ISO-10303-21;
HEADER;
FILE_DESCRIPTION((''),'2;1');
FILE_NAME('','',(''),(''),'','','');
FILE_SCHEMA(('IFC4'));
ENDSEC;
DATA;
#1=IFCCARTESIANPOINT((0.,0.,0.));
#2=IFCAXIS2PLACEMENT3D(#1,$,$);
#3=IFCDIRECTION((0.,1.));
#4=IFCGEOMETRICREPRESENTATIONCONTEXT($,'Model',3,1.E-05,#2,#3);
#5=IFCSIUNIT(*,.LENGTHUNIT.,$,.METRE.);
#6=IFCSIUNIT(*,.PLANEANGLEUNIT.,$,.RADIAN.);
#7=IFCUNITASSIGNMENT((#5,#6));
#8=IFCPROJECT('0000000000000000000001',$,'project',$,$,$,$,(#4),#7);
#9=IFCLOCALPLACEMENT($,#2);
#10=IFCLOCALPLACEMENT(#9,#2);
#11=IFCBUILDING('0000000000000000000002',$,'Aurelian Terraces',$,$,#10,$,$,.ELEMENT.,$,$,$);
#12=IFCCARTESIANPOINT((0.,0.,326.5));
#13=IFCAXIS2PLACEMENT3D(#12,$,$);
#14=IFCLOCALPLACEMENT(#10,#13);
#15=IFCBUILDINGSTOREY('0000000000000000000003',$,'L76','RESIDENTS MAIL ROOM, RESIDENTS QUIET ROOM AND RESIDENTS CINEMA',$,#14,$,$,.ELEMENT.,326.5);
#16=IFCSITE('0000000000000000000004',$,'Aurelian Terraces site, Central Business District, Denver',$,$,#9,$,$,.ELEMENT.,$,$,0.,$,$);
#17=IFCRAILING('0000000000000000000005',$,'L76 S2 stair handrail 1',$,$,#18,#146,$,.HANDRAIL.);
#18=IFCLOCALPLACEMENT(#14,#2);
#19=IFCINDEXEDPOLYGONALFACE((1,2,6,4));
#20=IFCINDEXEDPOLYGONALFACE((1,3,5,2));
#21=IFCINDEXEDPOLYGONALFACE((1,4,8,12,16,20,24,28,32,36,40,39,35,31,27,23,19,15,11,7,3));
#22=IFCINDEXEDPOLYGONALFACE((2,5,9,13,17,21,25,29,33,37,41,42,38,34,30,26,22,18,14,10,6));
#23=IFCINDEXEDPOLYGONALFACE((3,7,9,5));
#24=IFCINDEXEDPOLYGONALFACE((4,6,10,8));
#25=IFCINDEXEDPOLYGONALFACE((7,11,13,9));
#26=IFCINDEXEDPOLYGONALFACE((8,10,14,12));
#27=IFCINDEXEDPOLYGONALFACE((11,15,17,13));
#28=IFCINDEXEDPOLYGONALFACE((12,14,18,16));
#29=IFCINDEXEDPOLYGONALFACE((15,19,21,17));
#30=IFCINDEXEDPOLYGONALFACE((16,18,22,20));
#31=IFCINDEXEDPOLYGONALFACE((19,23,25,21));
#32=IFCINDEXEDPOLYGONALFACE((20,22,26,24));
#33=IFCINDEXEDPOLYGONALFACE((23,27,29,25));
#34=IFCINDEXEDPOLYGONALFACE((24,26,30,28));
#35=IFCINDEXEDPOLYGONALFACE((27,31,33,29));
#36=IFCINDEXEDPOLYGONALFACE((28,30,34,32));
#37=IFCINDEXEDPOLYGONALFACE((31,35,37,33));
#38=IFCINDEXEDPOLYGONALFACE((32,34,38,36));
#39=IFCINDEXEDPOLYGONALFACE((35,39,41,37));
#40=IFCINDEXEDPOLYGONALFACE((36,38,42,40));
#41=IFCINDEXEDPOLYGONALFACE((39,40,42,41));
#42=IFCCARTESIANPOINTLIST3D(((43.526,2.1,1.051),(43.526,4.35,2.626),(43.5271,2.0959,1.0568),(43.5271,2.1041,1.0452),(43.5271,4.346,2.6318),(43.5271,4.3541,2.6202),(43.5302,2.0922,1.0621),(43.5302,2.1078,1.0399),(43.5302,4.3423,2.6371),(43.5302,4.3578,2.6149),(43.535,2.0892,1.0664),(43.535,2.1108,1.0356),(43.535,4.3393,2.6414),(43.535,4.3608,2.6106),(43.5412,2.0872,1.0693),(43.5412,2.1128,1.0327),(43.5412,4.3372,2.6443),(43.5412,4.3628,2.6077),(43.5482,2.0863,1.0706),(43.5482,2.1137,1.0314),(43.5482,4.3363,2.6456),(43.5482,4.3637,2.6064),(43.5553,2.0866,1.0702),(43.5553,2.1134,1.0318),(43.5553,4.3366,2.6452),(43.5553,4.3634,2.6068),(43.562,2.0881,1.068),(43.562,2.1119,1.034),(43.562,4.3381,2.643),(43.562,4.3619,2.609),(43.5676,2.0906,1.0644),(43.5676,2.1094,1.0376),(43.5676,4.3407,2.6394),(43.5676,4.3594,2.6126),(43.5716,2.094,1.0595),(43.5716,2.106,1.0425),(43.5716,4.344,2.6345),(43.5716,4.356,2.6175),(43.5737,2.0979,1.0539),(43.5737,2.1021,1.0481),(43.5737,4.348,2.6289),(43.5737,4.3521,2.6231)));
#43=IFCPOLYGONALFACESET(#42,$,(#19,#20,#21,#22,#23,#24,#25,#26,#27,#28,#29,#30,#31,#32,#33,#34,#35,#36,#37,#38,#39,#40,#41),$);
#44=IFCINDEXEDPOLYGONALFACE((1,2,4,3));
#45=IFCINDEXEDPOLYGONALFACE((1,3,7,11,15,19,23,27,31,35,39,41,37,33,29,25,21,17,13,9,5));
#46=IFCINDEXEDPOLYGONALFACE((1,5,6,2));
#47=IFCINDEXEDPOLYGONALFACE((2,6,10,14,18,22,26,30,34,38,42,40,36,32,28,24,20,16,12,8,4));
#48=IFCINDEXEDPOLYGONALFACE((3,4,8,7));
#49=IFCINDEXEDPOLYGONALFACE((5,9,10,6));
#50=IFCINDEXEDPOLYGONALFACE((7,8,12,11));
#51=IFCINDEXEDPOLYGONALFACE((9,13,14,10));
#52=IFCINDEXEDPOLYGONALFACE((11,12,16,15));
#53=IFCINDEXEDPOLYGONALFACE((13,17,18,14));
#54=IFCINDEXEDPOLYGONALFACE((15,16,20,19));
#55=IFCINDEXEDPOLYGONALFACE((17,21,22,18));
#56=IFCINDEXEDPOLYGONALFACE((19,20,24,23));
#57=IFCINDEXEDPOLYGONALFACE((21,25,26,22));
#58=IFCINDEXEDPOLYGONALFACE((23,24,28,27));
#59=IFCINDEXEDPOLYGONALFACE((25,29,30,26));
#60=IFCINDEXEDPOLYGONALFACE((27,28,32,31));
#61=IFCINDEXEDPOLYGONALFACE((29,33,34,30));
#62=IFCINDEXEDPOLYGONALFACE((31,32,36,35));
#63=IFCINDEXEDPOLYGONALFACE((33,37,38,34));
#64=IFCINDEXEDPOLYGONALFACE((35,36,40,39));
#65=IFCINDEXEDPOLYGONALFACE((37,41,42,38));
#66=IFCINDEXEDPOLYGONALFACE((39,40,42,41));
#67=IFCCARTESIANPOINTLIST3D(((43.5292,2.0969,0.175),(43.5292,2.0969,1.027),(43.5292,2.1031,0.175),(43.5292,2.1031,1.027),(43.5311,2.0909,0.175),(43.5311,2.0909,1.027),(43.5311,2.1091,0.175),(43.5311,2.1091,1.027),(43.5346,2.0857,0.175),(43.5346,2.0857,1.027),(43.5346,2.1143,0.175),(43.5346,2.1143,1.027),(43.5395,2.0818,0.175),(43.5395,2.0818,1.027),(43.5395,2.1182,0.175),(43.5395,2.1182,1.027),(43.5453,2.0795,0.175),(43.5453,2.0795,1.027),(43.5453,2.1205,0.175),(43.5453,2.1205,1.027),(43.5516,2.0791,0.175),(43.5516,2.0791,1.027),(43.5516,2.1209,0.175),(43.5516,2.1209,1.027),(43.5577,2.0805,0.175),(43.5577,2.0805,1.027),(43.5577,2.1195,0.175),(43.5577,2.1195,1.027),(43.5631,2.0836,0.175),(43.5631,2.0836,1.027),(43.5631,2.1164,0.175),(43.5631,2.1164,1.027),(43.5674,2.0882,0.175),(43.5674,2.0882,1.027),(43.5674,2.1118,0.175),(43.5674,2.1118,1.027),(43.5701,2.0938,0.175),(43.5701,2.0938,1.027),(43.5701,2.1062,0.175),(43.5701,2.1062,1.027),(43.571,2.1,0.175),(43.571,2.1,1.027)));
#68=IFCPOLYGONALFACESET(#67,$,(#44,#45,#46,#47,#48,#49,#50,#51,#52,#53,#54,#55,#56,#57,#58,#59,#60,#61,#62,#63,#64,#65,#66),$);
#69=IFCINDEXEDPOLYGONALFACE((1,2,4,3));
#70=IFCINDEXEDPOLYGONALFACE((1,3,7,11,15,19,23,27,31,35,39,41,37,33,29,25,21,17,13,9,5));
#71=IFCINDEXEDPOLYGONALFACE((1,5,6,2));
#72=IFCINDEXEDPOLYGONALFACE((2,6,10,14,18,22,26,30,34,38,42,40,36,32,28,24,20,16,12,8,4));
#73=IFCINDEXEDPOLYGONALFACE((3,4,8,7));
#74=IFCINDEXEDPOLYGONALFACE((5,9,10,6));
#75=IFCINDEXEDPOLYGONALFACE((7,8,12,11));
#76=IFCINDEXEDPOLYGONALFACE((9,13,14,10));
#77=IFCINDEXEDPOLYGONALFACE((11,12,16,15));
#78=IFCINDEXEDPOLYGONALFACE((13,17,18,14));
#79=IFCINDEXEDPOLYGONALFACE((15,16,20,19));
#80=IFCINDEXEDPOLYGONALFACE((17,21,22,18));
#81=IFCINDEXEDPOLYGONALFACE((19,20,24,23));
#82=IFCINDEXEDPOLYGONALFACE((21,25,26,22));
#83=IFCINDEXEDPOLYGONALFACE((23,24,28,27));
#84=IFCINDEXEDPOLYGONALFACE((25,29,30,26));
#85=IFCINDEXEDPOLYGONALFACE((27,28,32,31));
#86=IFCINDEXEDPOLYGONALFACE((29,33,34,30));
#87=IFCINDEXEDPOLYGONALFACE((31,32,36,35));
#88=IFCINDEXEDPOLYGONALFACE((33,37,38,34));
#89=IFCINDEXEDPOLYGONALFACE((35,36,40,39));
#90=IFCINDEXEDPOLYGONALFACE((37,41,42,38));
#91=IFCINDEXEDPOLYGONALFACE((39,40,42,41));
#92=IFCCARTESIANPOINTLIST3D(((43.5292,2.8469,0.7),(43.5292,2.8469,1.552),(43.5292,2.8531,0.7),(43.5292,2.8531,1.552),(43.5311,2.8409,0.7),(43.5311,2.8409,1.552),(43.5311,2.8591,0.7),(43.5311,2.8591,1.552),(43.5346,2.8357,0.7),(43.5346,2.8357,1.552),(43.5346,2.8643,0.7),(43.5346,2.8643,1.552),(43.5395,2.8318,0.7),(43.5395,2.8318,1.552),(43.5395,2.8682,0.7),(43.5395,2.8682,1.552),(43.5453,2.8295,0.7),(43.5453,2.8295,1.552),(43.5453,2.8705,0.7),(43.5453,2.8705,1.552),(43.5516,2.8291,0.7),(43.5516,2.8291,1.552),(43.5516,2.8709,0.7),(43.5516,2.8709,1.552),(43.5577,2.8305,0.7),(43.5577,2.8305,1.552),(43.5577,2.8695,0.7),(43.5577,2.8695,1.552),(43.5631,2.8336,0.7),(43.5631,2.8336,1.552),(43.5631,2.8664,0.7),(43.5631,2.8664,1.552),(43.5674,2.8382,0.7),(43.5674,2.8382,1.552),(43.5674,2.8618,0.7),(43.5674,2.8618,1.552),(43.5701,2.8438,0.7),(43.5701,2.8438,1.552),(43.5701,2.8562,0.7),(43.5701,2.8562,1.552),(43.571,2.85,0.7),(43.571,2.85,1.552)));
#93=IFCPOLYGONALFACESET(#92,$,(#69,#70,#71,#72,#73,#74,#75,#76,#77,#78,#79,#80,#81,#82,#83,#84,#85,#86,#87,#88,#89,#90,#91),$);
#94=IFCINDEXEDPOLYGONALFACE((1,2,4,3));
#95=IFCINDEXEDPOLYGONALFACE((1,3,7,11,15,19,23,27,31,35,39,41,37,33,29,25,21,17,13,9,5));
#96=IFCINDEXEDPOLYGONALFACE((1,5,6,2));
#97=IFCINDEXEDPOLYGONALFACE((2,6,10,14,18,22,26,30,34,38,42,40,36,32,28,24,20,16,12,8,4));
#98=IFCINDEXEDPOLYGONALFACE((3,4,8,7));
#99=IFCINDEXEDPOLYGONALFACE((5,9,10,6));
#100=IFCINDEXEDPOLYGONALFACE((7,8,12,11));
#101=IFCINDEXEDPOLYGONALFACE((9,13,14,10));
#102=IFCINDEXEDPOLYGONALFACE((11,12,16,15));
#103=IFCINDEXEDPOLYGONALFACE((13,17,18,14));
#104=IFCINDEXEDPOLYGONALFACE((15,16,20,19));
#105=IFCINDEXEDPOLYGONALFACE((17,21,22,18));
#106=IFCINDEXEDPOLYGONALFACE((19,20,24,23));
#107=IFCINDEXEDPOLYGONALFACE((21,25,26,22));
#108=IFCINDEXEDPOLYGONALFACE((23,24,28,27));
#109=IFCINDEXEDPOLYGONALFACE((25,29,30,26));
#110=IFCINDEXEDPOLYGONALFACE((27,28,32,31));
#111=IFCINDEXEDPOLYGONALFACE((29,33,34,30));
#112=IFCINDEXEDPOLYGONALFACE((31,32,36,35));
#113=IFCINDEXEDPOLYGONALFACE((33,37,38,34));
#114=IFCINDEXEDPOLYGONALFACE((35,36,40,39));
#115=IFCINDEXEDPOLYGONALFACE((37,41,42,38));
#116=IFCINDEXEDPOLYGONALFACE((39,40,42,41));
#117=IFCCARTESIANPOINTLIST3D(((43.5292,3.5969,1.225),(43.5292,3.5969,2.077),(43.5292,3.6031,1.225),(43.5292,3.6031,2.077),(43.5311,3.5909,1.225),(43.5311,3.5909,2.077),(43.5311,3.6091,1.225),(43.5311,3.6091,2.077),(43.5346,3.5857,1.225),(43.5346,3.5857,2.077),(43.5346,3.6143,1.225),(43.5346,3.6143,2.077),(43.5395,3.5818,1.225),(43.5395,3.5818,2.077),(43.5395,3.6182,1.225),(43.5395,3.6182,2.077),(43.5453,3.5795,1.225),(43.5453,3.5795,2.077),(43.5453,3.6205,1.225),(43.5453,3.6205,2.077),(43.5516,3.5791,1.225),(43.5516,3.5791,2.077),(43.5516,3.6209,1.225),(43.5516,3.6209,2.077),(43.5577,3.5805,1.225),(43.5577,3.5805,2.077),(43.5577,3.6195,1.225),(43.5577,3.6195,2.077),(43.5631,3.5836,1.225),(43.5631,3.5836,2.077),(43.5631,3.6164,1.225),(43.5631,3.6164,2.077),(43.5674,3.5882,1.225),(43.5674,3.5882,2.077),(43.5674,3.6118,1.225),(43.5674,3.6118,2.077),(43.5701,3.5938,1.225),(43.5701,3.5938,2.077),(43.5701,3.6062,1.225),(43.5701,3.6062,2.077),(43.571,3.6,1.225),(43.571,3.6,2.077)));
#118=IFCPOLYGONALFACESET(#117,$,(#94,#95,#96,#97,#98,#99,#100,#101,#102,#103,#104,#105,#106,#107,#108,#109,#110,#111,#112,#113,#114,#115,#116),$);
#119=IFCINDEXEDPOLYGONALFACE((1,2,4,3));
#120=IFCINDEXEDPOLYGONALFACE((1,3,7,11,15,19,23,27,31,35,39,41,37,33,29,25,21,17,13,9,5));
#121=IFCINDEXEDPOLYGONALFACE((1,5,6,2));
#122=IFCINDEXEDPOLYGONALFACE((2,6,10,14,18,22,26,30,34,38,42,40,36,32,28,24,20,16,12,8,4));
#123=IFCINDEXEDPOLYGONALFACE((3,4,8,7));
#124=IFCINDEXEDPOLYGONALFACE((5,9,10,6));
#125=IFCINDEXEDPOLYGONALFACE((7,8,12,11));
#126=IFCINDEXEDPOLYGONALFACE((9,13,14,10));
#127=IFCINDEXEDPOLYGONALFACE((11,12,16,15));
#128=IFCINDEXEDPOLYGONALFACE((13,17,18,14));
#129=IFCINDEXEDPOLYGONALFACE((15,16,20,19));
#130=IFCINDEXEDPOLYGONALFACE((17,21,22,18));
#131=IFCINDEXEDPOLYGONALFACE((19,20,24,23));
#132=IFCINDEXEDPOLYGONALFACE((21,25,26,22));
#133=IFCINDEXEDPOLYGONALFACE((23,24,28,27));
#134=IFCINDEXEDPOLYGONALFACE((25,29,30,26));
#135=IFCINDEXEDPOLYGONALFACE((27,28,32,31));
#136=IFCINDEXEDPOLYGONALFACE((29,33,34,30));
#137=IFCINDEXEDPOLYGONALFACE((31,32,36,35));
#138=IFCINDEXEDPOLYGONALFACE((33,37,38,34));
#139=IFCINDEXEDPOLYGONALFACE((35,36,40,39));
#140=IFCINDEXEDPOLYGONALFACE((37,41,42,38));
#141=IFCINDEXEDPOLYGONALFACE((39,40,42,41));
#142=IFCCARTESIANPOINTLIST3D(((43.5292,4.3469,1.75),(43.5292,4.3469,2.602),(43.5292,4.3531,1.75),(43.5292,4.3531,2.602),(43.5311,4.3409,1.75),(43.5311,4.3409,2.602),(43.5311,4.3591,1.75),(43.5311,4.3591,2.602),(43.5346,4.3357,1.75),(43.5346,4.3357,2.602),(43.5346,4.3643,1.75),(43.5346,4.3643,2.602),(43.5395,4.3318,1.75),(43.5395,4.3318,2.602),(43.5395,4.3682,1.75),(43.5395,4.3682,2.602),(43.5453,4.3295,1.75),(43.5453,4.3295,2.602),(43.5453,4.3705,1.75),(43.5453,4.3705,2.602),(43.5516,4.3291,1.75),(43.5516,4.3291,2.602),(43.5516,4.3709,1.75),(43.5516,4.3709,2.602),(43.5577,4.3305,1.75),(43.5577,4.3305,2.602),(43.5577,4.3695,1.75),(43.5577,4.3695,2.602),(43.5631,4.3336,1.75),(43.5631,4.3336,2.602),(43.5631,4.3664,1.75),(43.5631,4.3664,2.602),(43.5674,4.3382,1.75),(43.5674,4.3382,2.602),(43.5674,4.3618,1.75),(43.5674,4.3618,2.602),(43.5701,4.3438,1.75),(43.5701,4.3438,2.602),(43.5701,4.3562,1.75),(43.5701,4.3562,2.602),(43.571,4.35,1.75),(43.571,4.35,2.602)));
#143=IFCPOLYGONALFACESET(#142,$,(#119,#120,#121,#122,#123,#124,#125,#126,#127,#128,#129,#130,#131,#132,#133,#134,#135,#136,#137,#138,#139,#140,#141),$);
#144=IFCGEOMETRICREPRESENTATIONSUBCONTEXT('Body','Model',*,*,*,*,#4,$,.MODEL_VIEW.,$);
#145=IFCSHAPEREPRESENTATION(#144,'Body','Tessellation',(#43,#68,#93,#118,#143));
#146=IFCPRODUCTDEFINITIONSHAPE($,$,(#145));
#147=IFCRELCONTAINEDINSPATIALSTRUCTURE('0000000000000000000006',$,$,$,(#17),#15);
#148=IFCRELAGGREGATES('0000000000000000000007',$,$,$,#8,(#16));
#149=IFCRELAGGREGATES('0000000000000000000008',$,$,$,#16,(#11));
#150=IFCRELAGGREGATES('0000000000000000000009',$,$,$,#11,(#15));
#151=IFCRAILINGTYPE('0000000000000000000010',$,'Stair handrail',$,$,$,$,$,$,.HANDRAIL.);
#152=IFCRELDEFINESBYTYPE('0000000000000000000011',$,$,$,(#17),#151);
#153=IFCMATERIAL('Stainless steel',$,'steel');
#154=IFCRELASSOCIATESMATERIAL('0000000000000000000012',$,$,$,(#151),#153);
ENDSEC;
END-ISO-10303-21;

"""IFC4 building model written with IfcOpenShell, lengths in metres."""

from ifc_helpers import new_model, si_unit, direction, frame, origin, origin_2d, place, context, subcontext, project, spatial, circle, extrude, source, transform, mapped, material, type_object, element, save


model = new_model("IFC4")

# Units and contexts
model_context = context("Model", 3, precision=1e-05, world=origin(), true_north=direction((0.0, 1.0)))
body_context = subcontext(model_context, "Body", "Model", "MODEL_VIEW")
ifc_project = project(units=[si_unit("LENGTHUNIT", "METRE"), si_unit("PLANEANGLEUNIT", "RADIAN")], contexts=[model_context])

# Site, building, storey
site_placement = place(None, origin())
site = spatial("IfcSite", under=ifc_project, at=site_placement, Name="Aurelian Terraces site, Central Business District, Denver", CompositionType="ELEMENT", RefElevation=0.0)
building_placement = place(site_placement, origin())
building = spatial("IfcBuilding", under=site, at=building_placement, Name="Aurelian Terraces", CompositionType="ELEMENT")
storey_placement = place(building_placement, frame((0.0, 0.0, 326.5)))
storey = spatial("IfcBuildingStorey", under=building, at=storey_placement, Name="L76", Description="RESIDENTS MAIL ROOM, RESIDENTS QUIET ROOM AND RESIDENTS CINEMA", CompositionType="ELEMENT", Elevation=326.5)

# Railing
ifc_material_1 = material(Name="Stainless steel", Category="steel")
railing_type = type_object("IfcRailingType", Name="Stair handrail", PredefinedType="HANDRAIL", material=ifc_material_1)
shared_shape_1 = source(origin(), body_context, "Body", "SweptSolid", [
    extrude(circle(Radius=0.024, at=origin_2d()), frame((0.0, 0.0, 0.876), z_axis=(0.0, 0.819232, 0.573462), x_axis=(-1.0, 0.0, 0.0)), (0.0, 0.0, 1.0), 2.7465),
    extrude(circle(Radius=0.021, at=origin_2d()), origin(), (0.0, 0.0, 1.0), 0.852),
    extrude(circle(Radius=0.021, at=origin_2d()), frame((0.0, 0.75, 0.525)), (0.0, 0.0, 1.0), 0.852),
    extrude(circle(Radius=0.021, at=origin_2d()), frame((0.0, 1.5, 1.05)), (0.0, 0.0, 1.0), 0.852),
    extrude(circle(Radius=0.021, at=origin_2d()), frame((0.0, 2.25, 1.575)), (0.0, 0.0, 1.0), 0.852),
])
railing_placement = place(storey_placement, frame((43.55, 2.1, 0.175)))
element("IfcRailing", 1, at=railing_placement, inside=storey, type_object=railing_type, Name="L76 S2 stair handrail 1", PredefinedType="HANDRAIL", context=body_context, shape_type="MappedRepresentation", body=[
    mapped(shared_shape_1, transform((0.0, 0.0, 0.0), scale=1.0)),
])

save(model, "model.ifc")
